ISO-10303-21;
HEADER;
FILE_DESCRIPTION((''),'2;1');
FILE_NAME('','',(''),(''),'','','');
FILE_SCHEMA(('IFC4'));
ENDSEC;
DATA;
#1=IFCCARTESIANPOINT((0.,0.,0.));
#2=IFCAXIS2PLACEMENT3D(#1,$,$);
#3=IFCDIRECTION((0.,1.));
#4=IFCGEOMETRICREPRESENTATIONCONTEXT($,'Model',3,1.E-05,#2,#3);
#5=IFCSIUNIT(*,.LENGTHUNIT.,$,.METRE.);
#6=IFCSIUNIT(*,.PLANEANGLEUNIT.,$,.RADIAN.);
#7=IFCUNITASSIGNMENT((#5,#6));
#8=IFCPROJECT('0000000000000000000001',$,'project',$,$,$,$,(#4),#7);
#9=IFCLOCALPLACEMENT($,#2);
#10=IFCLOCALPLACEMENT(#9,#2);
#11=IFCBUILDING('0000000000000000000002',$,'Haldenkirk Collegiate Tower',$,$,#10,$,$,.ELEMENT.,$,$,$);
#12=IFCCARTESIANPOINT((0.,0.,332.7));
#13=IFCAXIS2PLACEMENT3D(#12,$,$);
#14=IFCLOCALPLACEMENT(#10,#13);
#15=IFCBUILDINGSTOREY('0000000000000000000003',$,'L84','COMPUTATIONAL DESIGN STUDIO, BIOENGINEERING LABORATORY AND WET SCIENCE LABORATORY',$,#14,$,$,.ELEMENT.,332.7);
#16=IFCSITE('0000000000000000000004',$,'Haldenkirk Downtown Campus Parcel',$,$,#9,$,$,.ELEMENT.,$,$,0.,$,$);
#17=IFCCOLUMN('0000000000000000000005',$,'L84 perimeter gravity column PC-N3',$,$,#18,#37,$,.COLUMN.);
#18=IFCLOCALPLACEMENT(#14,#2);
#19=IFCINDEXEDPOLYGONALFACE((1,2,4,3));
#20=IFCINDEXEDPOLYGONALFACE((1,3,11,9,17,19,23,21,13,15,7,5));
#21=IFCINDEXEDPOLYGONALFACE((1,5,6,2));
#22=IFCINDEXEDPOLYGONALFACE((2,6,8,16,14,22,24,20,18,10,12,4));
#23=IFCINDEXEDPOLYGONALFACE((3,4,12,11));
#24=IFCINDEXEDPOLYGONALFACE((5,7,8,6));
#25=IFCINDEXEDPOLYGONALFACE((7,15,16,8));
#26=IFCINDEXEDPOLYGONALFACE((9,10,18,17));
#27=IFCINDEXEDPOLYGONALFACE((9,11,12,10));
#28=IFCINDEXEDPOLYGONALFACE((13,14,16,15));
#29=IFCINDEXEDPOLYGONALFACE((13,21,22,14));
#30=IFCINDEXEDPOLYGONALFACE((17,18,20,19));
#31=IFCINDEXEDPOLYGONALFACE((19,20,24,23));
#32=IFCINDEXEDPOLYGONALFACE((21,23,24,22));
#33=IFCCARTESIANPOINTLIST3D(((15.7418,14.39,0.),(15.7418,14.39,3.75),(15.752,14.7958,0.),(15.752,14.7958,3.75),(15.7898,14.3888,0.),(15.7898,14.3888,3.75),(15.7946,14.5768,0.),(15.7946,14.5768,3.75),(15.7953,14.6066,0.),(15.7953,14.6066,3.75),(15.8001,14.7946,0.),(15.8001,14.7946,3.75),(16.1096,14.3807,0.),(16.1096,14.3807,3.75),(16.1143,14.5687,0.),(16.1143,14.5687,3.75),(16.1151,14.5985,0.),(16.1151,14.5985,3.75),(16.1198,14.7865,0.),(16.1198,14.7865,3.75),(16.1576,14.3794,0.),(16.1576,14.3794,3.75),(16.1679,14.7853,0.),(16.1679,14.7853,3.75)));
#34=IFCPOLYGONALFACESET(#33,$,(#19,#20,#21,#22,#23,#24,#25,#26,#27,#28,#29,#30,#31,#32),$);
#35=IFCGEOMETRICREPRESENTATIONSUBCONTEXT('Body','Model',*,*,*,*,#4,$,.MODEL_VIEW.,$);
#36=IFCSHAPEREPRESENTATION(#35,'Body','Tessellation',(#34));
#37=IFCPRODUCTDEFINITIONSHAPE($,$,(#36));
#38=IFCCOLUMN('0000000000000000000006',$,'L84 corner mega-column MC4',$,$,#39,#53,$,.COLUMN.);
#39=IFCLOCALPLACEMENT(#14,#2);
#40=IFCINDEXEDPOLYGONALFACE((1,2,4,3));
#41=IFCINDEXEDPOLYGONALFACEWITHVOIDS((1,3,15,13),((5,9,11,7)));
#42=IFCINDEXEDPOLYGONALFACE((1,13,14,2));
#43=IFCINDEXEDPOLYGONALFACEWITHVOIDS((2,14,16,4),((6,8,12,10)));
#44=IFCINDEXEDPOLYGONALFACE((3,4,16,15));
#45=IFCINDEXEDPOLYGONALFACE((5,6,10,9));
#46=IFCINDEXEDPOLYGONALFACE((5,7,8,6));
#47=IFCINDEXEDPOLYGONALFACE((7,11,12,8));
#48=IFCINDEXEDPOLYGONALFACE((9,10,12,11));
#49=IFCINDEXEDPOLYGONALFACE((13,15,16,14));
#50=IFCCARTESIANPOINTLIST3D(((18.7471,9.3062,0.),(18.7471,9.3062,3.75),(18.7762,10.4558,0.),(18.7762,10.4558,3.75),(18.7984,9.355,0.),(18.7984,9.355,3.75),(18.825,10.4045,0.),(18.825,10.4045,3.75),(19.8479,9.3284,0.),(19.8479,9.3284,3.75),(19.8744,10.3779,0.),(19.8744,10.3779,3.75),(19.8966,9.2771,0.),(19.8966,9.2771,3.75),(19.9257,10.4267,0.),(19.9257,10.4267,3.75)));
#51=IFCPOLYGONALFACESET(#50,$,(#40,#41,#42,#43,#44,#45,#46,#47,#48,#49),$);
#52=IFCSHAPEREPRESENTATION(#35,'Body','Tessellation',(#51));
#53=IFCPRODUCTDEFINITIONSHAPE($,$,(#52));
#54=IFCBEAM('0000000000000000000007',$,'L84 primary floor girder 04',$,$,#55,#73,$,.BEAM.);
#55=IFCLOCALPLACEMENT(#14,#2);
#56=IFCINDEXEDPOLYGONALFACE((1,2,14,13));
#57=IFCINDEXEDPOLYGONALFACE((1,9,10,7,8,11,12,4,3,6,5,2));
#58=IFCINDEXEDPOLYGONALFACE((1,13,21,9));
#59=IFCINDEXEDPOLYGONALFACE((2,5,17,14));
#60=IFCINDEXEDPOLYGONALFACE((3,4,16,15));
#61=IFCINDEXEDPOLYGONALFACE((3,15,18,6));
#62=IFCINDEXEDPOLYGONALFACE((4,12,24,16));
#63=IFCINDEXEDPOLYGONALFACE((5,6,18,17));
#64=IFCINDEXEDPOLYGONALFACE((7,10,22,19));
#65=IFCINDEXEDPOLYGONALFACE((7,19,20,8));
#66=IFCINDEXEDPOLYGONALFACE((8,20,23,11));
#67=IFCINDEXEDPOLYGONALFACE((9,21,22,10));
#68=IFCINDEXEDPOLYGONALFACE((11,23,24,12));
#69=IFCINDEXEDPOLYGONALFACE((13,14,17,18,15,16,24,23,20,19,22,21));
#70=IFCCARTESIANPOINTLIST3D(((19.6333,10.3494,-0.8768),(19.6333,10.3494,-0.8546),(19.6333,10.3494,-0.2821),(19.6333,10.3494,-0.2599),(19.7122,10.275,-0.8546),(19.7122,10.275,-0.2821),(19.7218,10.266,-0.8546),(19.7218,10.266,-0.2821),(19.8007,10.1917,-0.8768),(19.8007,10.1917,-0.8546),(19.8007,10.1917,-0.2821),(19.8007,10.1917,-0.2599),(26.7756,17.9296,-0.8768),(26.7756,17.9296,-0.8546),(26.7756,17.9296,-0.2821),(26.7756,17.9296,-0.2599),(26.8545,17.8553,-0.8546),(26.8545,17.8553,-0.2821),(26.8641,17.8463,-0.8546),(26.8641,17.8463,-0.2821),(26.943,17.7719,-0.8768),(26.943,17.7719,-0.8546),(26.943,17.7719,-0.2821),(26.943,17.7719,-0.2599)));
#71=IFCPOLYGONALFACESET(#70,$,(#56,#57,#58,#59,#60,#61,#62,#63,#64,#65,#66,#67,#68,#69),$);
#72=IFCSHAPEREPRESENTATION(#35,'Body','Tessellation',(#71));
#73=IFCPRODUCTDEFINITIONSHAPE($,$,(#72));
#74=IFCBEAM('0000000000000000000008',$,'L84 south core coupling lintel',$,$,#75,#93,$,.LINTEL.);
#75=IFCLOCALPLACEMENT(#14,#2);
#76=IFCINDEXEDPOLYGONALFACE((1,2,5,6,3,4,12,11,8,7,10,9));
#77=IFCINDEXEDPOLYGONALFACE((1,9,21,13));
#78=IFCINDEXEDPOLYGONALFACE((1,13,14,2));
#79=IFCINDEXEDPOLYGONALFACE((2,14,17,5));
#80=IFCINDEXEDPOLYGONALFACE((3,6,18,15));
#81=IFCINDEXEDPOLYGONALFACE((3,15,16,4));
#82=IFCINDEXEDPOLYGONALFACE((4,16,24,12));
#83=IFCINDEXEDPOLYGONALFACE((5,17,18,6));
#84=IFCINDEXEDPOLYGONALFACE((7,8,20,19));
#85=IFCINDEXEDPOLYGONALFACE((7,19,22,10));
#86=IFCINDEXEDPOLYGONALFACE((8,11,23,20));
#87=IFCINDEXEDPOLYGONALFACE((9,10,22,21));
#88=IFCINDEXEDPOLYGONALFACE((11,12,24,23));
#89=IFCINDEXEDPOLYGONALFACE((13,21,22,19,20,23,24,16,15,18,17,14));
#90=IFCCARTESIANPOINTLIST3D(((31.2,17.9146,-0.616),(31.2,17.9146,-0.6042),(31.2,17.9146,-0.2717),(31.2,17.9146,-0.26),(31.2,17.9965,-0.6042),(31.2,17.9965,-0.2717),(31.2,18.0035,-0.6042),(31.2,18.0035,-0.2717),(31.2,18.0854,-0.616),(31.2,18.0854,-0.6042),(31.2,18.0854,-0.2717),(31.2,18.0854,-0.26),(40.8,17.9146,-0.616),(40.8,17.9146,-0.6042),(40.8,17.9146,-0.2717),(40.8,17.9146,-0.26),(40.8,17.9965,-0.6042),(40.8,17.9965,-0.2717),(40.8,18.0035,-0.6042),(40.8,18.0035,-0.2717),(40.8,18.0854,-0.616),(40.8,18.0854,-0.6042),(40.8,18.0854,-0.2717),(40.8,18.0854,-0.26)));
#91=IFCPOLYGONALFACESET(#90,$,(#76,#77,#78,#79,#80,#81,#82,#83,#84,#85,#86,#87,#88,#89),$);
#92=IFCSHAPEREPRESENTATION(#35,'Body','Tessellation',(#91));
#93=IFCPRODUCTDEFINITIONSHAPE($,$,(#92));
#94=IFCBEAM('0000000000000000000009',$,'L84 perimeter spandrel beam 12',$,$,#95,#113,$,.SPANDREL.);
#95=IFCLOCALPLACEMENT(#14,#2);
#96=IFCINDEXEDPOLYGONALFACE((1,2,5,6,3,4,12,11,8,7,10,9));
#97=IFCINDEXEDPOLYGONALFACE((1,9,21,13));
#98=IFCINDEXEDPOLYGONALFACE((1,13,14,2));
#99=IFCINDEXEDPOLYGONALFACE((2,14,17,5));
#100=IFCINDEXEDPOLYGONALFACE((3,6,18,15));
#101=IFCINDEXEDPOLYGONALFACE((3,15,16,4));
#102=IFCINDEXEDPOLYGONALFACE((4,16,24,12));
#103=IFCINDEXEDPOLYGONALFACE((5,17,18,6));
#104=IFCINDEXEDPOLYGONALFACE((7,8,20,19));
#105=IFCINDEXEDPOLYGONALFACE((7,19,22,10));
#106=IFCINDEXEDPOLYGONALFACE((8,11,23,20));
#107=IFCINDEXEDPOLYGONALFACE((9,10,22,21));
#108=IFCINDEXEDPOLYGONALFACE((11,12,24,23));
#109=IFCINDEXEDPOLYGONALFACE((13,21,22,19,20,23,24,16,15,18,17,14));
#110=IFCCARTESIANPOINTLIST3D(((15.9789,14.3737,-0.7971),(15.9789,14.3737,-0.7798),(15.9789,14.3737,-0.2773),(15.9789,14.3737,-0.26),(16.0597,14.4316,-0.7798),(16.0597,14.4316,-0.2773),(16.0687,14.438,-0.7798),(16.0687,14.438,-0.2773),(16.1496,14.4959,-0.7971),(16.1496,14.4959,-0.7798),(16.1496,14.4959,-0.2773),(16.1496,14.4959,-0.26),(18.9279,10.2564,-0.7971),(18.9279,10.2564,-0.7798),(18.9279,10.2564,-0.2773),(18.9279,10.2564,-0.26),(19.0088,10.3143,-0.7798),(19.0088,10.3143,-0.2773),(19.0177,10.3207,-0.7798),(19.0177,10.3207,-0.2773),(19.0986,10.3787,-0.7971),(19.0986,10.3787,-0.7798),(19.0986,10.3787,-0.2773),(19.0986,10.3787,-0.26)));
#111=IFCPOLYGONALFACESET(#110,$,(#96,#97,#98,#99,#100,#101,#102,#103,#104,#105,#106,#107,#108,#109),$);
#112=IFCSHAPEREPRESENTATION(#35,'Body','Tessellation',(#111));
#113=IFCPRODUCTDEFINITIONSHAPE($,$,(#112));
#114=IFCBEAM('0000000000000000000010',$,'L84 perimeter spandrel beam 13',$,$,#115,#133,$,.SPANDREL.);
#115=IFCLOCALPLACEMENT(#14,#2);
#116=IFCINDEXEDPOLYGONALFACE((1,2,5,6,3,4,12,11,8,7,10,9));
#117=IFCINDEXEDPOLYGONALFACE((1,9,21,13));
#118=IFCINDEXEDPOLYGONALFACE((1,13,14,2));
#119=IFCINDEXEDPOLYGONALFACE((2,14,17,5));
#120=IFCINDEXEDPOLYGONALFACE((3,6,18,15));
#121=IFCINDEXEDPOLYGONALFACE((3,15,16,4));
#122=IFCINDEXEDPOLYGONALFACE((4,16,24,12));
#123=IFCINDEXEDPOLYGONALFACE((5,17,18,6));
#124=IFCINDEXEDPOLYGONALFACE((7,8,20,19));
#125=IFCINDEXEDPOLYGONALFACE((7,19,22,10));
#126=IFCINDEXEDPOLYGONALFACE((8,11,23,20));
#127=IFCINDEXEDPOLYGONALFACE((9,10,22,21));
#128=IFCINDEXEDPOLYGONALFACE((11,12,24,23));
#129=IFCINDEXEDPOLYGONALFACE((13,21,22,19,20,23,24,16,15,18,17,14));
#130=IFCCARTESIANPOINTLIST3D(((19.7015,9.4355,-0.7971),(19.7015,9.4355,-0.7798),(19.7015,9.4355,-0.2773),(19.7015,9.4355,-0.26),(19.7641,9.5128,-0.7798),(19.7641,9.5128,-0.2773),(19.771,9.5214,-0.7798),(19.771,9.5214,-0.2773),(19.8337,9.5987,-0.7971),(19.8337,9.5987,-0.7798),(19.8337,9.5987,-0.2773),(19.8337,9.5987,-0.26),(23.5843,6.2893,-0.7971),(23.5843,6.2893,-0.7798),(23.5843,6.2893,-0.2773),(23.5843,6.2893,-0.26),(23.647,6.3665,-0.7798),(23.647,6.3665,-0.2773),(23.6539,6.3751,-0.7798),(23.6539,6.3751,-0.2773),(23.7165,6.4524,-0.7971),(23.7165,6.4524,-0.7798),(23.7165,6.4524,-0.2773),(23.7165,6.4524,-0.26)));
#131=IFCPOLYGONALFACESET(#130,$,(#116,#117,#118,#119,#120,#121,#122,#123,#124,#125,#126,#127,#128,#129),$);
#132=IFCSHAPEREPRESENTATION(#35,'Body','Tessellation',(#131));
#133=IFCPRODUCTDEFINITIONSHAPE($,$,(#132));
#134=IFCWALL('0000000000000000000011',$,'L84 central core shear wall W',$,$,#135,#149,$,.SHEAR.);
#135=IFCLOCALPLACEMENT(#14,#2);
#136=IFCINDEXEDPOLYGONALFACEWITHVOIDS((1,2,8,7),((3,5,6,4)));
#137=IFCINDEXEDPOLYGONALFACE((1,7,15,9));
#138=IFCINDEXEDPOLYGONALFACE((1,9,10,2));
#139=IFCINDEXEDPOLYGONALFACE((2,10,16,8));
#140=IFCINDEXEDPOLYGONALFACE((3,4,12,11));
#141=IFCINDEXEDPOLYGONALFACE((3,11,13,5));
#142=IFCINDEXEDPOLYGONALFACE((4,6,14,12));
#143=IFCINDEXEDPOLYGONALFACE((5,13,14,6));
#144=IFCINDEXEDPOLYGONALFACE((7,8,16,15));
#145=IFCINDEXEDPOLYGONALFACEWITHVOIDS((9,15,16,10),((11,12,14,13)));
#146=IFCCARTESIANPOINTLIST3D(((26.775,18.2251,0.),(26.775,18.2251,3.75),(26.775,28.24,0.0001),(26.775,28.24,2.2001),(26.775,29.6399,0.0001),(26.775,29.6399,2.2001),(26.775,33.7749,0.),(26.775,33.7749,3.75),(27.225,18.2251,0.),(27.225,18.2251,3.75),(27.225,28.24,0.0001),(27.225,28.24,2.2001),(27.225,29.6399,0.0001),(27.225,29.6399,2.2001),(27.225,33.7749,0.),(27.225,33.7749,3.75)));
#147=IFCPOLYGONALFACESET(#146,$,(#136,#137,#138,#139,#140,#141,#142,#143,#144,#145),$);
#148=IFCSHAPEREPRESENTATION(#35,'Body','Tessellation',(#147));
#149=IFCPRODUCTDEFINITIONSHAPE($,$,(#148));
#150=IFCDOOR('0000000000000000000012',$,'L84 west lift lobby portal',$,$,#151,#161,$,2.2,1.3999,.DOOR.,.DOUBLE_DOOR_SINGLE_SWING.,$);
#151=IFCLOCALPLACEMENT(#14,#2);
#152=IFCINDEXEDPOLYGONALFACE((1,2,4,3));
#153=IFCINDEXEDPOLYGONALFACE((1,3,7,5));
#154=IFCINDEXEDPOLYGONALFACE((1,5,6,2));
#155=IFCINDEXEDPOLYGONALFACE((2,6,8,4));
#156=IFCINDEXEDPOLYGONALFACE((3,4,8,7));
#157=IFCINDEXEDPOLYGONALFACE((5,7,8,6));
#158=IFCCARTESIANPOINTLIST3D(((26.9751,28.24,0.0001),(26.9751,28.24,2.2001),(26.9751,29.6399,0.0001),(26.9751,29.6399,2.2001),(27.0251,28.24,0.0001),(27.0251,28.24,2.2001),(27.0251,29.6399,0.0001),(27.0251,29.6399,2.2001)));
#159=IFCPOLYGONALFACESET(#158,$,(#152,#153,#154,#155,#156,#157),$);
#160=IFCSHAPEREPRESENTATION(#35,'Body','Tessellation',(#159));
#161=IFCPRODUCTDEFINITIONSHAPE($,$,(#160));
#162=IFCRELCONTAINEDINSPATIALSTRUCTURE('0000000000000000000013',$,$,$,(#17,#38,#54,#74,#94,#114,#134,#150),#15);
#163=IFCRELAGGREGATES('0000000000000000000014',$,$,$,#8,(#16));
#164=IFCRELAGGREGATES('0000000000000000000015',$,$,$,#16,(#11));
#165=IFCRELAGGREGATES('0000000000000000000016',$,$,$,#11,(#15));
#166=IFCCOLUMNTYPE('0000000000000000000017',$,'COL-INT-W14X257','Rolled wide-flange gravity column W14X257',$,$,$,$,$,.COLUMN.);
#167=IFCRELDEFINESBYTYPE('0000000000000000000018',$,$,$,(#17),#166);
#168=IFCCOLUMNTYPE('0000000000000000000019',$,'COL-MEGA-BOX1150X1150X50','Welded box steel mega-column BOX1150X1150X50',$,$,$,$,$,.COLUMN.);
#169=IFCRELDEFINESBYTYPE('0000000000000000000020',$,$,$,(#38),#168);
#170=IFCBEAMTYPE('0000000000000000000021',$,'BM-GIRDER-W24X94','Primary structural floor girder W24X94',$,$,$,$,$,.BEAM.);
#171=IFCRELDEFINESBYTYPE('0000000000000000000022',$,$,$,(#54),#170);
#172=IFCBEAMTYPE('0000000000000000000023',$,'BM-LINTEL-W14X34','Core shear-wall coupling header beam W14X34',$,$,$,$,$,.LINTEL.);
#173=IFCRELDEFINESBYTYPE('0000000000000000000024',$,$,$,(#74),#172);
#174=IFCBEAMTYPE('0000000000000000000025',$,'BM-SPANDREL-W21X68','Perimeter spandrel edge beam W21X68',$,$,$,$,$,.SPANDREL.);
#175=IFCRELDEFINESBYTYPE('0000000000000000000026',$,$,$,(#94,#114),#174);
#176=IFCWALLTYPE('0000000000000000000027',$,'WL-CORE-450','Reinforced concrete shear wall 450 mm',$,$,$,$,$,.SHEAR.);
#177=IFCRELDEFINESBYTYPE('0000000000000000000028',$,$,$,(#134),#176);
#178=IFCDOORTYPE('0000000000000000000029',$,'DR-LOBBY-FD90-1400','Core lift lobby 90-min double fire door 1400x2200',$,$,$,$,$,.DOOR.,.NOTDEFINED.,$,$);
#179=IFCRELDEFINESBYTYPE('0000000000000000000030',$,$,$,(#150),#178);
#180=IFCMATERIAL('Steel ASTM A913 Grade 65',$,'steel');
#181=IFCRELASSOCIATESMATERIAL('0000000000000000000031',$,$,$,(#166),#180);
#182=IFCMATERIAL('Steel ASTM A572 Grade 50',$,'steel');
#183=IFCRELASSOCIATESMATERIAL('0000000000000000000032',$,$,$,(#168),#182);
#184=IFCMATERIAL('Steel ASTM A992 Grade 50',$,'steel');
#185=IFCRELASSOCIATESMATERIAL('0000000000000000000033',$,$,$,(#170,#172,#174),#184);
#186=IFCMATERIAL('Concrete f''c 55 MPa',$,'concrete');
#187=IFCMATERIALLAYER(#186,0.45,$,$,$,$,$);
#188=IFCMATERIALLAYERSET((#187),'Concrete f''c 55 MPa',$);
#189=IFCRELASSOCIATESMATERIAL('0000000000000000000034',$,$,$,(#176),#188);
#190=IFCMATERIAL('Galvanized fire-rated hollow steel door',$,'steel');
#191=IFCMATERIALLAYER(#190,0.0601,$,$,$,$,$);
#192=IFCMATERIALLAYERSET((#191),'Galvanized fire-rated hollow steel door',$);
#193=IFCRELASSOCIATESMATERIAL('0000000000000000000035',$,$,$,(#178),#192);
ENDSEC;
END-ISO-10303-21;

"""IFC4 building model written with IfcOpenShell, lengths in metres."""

from ifc_helpers import new_model, si_unit, direction, frame, frame_2d, origin, origin_2d, place, context, subcontext, project, spatial, rectangle, hollow_rectangle, i_section, extrude, material, layer, layer_set, material_profile, profile_set, type_object, element, fill, save


model = new_model("IFC4")

# Units and contexts
model_context = context("Model", 3, precision=1e-05, world=origin(), true_north=direction((0.0, 1.0)))
body_context = subcontext(model_context, "Body", "Model", "MODEL_VIEW")
ifc_project = project(units=[si_unit("LENGTHUNIT", "METRE"), si_unit("PLANEANGLEUNIT", "RADIAN")], contexts=[model_context])

# Site, building, storey
site_placement = place(None, origin())
site = spatial("IfcSite", under=ifc_project, at=site_placement, Name="Haldenkirk Downtown Campus Parcel", CompositionType="ELEMENT", RefElevation=0.0)
building_placement = place(site_placement, origin())
building = spatial("IfcBuilding", under=site, at=building_placement, Name="Haldenkirk Collegiate Tower", CompositionType="ELEMENT")
storey_placement = place(building_placement, frame((0.0, 0.0, 332.7)))
storey = spatial("IfcBuildingStorey", under=building, at=storey_placement, Name="L84", Description="COMPUTATIONAL DESIGN STUDIO, BIOENGINEERING LABORATORY AND WET SCIENCE LABORATORY", CompositionType="ELEMENT", Elevation=332.7)

# Columns
ifc_material_1 = material(Name="Steel ASTM A913 Grade 65", Category="steel")
ifc_material_profile_1 = material_profile(ifc_material_1, i_section(OverallWidth=0.406, OverallDepth=0.416, WebThickness=0.0298, FlangeThickness=0.0481, at=origin_2d()), Name="W14X257")
ifc_profile_set_1 = profile_set([ifc_material_profile_1], Name="Steel ASTM A913 Grade 65")
column_type_1 = type_object("IfcColumnType", Name="COL-INT-W14X257", Description="Rolled wide-flange gravity column W14X257", PredefinedType="COLUMN", material=ifc_profile_set_1)
column_1_placement = place(storey_placement, frame((15.9548, 14.5876, 0.0), z_axis=(0.0, 0.0, 1.0), x_axis=(0.025305, 0.99968, 0.0)))
element("IfcColumn", 1, at=column_1_placement, inside=storey, type_object=column_type_1, Name="L84 perimeter gravity column PC-N3", PredefinedType="COLUMN", context=body_context, shape_type="SweptSolid", body=[
    extrude(i_section(OverallWidth=0.406, OverallDepth=0.416, WebThickness=0.0298, FlangeThickness=0.0481, at=origin_2d()), origin(), (0.0, 0.0, 1.0), 3.75),
])
ifc_material_2 = material(Name="Steel ASTM A572 Grade 50", Category="steel")
ifc_material_profile_2 = material_profile(ifc_material_2, hollow_rectangle(XDim=1.1499, YDim=1.1499, WallThickness=0.05, at=origin_2d()), Name="BOX1150X1150X50")
ifc_profile_set_2 = profile_set([ifc_material_profile_2], Name="Steel ASTM A572 Grade 50")
column_type_2 = type_object("IfcColumnType", Name="COL-MEGA-BOX1150X1150X50", Description="Welded box steel mega-column BOX1150X1150X50", PredefinedType="COLUMN", material=ifc_profile_set_2)
column_2_placement = place(storey_placement, frame((19.3364, 9.8665, 0.0), z_axis=(0.0, 0.0, 1.0), x_axis=(0.025305, 0.99968, 0.0)))
element("IfcColumn", 2, at=column_2_placement, inside=storey, type_object=column_type_2, Name="L84 corner mega-column MC4", PredefinedType="COLUMN", context=body_context, shape_type="SweptSolid", body=[
    extrude(hollow_rectangle(XDim=1.1499, YDim=1.1499, WallThickness=0.05, at=origin_2d()), origin(), (0.0, 0.0, 1.0), 3.75),
])

# Beams
ifc_material_3 = material(Name="Steel ASTM A992 Grade 50", Category="steel")
ifc_material_profile_3 = material_profile(ifc_material_3, i_section(OverallWidth=0.23, OverallDepth=0.6169, WebThickness=0.0132, FlangeThickness=0.0222, at=origin_2d()), Name="W24X94")
ifc_profile_set_3 = profile_set([ifc_material_profile_3], Name="Steel ASTM A992 Grade 50")
beam_type_1 = type_object("IfcBeamType", Name="BM-GIRDER-W24X94", Description="Primary structural floor girder W24X94", PredefinedType="BEAM", material=ifc_profile_set_3)
beam_1_placement = place(storey_placement, frame((19.717, 10.2705, -0.5684), z_axis=(0.685767, 0.727821, 0.0), x_axis=(-0.727821, 0.685767, 0.0)))
element("IfcBeam", 3, at=beam_1_placement, inside=storey, type_object=beam_type_1, Name="L84 primary floor girder 04", PredefinedType="BEAM", context=body_context, shape_type="SweptSolid", body=[
    extrude(i_section(OverallWidth=0.23, OverallDepth=0.6169, WebThickness=0.0132, FlangeThickness=0.0222, at=origin_2d()), origin(), (0.0, 0.0, 1.0), 10.415),
])
ifc_material_profile_4 = material_profile(ifc_material_3, i_section(OverallWidth=0.1709, OverallDepth=0.356, WebThickness=0.0071, FlangeThickness=0.0117, at=origin_2d()), Name="W14X34")
ifc_profile_set_4 = profile_set([ifc_material_profile_4], Name="Steel ASTM A992 Grade 50")
beam_type_2 = type_object("IfcBeamType", Name="BM-LINTEL-W14X34", Description="Core shear-wall coupling header beam W14X34", PredefinedType="LINTEL", material=ifc_profile_set_4)
beam_2_placement = place(storey_placement, frame((31.2, 18.0, -0.438), z_axis=(1.0, 0.0, 0.0), x_axis=(0.0, 1.0, 0.0)))
element("IfcBeam", 4, at=beam_2_placement, inside=storey, type_object=beam_type_2, Name="L84 south core coupling lintel", PredefinedType="LINTEL", context=body_context, shape_type="SweptSolid", body=[
    extrude(i_section(OverallWidth=0.1709, OverallDepth=0.356, WebThickness=0.0071, FlangeThickness=0.0117, at=origin_2d()), origin(), (0.0, 0.0, 1.0), 9.6001),
])
ifc_material_profile_5 = material_profile(ifc_material_3, i_section(OverallWidth=0.21, OverallDepth=0.5371, WebThickness=0.011, FlangeThickness=0.0173, at=origin_2d()), Name="W21X68")
ifc_profile_set_5 = profile_set([ifc_material_profile_5], Name="Steel ASTM A992 Grade 50")
beam_type_3 = type_object("IfcBeamType", Name="BM-SPANDREL-W21X68", Description="Perimeter spandrel edge beam W21X68", PredefinedType="SPANDREL", material=ifc_profile_set_5)
beam_3_placement = place(storey_placement, frame((16.0642, 14.4348, -0.5286), z_axis=(0.5823, -0.812974, 0.0), x_axis=(0.812974, 0.5823, 0.0)))
element("IfcBeam", 5, at=beam_3_placement, inside=storey, type_object=beam_type_3, Name="L84 perimeter spandrel beam 12", PredefinedType="SPANDREL", context=body_context, shape_type="SweptSolid", body=[
    extrude(i_section(OverallWidth=0.21, OverallDepth=0.5371, WebThickness=0.011, FlangeThickness=0.0173, at=origin_2d()), origin(), (0.0, 0.0, 1.0), 5.0645),
])
beam_4_placement = place(storey_placement, frame((19.7676, 9.5171, -0.5286), z_axis=(0.77695, -0.629562, 0.0), x_axis=(0.629562, 0.77695, 0.0)))
element("IfcBeam", 6, at=beam_4_placement, inside=storey, type_object=beam_type_3, Name="L84 perimeter spandrel beam 13", PredefinedType="SPANDREL", context=body_context, shape_type="SweptSolid", body=[
    extrude(i_section(OverallWidth=0.21, OverallDepth=0.5371, WebThickness=0.011, FlangeThickness=0.0173, at=origin_2d()), origin(), (0.0, 0.0, 1.0), 4.9976),
])

# Shared definitions
ifc_material_4 = material(Name="Concrete f'c 55 MPa", Category="concrete")
ifc_layer_1 = layer(ifc_material_4, 0.45)
ifc_layer_set_1 = layer_set([ifc_layer_1], Name="Concrete f'c 55 MPa")
wall_type_1 = type_object("IfcWallType", Name="WL-CORE-450", Description="Reinforced concrete shear wall 450 mm", PredefinedType="SHEAR", material=ifc_layer_set_1)
ifc_material_5 = material(Name="Galvanized fire-rated hollow steel door", Category="steel")

# Wall, opening, door
wall_1_placement = place(storey_placement, frame((27.0, 18.2251, 0.0), z_axis=(0.0, 0.0, 1.0), x_axis=(0.0, 1.0, 0.0)))
wall_1 = element("IfcWall", 7, at=wall_1_placement, inside=storey, type_object=wall_type_1, Name="L84 central core shear wall W", PredefinedType="SHEAR", context=body_context, shape_type="SweptSolid", body=[
    extrude(rectangle(XDim=15.5498, YDim=0.45, at=frame_2d((7.7749, 0.0))), origin(), (0.0, 0.0, 1.0), 3.75),
])
opening_1_placement = place(wall_1_placement, frame((10.0149, 0.0, 0.0)))
opening_1 = element("IfcOpeningElement", 8, at=opening_1_placement, cuts=wall_1, PredefinedType="OPENING", context=body_context, shape_type="SweptSolid", body=[
    extrude(rectangle(XDim=1.3999, YDim=2.2, at=frame_2d((0.7, 1.1001))), frame((0.0, 0.2349, 0.0), z_axis=(0.0, -1.0, 0.0), x_axis=(1.0, 0.0, 0.0)), (0.0, 0.0, 1.0), 0.47),
])
ifc_layer_2 = layer(ifc_material_5, 0.0601)
ifc_layer_set_2 = layer_set([ifc_layer_2], Name="Galvanized fire-rated hollow steel door")
door_type_1 = type_object("IfcDoorType", Name="DR-LOBBY-FD90-1400", Description="Core lift lobby 90-min double fire door 1400x2200", OperationType="NOTDEFINED", PredefinedType="DOOR", material=ifc_layer_set_2)
door_1_placement = place(opening_1_placement, origin())
door_1 = element("IfcDoor", 9, at=door_1_placement, inside=storey, type_object=door_type_1, Name="L84 west lift lobby portal", OperationType="DOUBLE_DOOR_SINGLE_SWING", OverallHeight=2.2, OverallWidth=1.3999, PredefinedType="DOOR", context=body_context, shape_type="SweptSolid", body=[
    extrude(rectangle(XDim=1.3999, YDim=2.2, at=frame_2d((0.7, 1.1001))), frame((0.0, 0.0249, 0.0), z_axis=(0.0, -1.0, 0.0), x_axis=(1.0, 0.0, 0.0)), (0.0, 0.0, 1.0), 0.05),
])
fill(opening_1, door_1)

save(model, "model.ifc")
